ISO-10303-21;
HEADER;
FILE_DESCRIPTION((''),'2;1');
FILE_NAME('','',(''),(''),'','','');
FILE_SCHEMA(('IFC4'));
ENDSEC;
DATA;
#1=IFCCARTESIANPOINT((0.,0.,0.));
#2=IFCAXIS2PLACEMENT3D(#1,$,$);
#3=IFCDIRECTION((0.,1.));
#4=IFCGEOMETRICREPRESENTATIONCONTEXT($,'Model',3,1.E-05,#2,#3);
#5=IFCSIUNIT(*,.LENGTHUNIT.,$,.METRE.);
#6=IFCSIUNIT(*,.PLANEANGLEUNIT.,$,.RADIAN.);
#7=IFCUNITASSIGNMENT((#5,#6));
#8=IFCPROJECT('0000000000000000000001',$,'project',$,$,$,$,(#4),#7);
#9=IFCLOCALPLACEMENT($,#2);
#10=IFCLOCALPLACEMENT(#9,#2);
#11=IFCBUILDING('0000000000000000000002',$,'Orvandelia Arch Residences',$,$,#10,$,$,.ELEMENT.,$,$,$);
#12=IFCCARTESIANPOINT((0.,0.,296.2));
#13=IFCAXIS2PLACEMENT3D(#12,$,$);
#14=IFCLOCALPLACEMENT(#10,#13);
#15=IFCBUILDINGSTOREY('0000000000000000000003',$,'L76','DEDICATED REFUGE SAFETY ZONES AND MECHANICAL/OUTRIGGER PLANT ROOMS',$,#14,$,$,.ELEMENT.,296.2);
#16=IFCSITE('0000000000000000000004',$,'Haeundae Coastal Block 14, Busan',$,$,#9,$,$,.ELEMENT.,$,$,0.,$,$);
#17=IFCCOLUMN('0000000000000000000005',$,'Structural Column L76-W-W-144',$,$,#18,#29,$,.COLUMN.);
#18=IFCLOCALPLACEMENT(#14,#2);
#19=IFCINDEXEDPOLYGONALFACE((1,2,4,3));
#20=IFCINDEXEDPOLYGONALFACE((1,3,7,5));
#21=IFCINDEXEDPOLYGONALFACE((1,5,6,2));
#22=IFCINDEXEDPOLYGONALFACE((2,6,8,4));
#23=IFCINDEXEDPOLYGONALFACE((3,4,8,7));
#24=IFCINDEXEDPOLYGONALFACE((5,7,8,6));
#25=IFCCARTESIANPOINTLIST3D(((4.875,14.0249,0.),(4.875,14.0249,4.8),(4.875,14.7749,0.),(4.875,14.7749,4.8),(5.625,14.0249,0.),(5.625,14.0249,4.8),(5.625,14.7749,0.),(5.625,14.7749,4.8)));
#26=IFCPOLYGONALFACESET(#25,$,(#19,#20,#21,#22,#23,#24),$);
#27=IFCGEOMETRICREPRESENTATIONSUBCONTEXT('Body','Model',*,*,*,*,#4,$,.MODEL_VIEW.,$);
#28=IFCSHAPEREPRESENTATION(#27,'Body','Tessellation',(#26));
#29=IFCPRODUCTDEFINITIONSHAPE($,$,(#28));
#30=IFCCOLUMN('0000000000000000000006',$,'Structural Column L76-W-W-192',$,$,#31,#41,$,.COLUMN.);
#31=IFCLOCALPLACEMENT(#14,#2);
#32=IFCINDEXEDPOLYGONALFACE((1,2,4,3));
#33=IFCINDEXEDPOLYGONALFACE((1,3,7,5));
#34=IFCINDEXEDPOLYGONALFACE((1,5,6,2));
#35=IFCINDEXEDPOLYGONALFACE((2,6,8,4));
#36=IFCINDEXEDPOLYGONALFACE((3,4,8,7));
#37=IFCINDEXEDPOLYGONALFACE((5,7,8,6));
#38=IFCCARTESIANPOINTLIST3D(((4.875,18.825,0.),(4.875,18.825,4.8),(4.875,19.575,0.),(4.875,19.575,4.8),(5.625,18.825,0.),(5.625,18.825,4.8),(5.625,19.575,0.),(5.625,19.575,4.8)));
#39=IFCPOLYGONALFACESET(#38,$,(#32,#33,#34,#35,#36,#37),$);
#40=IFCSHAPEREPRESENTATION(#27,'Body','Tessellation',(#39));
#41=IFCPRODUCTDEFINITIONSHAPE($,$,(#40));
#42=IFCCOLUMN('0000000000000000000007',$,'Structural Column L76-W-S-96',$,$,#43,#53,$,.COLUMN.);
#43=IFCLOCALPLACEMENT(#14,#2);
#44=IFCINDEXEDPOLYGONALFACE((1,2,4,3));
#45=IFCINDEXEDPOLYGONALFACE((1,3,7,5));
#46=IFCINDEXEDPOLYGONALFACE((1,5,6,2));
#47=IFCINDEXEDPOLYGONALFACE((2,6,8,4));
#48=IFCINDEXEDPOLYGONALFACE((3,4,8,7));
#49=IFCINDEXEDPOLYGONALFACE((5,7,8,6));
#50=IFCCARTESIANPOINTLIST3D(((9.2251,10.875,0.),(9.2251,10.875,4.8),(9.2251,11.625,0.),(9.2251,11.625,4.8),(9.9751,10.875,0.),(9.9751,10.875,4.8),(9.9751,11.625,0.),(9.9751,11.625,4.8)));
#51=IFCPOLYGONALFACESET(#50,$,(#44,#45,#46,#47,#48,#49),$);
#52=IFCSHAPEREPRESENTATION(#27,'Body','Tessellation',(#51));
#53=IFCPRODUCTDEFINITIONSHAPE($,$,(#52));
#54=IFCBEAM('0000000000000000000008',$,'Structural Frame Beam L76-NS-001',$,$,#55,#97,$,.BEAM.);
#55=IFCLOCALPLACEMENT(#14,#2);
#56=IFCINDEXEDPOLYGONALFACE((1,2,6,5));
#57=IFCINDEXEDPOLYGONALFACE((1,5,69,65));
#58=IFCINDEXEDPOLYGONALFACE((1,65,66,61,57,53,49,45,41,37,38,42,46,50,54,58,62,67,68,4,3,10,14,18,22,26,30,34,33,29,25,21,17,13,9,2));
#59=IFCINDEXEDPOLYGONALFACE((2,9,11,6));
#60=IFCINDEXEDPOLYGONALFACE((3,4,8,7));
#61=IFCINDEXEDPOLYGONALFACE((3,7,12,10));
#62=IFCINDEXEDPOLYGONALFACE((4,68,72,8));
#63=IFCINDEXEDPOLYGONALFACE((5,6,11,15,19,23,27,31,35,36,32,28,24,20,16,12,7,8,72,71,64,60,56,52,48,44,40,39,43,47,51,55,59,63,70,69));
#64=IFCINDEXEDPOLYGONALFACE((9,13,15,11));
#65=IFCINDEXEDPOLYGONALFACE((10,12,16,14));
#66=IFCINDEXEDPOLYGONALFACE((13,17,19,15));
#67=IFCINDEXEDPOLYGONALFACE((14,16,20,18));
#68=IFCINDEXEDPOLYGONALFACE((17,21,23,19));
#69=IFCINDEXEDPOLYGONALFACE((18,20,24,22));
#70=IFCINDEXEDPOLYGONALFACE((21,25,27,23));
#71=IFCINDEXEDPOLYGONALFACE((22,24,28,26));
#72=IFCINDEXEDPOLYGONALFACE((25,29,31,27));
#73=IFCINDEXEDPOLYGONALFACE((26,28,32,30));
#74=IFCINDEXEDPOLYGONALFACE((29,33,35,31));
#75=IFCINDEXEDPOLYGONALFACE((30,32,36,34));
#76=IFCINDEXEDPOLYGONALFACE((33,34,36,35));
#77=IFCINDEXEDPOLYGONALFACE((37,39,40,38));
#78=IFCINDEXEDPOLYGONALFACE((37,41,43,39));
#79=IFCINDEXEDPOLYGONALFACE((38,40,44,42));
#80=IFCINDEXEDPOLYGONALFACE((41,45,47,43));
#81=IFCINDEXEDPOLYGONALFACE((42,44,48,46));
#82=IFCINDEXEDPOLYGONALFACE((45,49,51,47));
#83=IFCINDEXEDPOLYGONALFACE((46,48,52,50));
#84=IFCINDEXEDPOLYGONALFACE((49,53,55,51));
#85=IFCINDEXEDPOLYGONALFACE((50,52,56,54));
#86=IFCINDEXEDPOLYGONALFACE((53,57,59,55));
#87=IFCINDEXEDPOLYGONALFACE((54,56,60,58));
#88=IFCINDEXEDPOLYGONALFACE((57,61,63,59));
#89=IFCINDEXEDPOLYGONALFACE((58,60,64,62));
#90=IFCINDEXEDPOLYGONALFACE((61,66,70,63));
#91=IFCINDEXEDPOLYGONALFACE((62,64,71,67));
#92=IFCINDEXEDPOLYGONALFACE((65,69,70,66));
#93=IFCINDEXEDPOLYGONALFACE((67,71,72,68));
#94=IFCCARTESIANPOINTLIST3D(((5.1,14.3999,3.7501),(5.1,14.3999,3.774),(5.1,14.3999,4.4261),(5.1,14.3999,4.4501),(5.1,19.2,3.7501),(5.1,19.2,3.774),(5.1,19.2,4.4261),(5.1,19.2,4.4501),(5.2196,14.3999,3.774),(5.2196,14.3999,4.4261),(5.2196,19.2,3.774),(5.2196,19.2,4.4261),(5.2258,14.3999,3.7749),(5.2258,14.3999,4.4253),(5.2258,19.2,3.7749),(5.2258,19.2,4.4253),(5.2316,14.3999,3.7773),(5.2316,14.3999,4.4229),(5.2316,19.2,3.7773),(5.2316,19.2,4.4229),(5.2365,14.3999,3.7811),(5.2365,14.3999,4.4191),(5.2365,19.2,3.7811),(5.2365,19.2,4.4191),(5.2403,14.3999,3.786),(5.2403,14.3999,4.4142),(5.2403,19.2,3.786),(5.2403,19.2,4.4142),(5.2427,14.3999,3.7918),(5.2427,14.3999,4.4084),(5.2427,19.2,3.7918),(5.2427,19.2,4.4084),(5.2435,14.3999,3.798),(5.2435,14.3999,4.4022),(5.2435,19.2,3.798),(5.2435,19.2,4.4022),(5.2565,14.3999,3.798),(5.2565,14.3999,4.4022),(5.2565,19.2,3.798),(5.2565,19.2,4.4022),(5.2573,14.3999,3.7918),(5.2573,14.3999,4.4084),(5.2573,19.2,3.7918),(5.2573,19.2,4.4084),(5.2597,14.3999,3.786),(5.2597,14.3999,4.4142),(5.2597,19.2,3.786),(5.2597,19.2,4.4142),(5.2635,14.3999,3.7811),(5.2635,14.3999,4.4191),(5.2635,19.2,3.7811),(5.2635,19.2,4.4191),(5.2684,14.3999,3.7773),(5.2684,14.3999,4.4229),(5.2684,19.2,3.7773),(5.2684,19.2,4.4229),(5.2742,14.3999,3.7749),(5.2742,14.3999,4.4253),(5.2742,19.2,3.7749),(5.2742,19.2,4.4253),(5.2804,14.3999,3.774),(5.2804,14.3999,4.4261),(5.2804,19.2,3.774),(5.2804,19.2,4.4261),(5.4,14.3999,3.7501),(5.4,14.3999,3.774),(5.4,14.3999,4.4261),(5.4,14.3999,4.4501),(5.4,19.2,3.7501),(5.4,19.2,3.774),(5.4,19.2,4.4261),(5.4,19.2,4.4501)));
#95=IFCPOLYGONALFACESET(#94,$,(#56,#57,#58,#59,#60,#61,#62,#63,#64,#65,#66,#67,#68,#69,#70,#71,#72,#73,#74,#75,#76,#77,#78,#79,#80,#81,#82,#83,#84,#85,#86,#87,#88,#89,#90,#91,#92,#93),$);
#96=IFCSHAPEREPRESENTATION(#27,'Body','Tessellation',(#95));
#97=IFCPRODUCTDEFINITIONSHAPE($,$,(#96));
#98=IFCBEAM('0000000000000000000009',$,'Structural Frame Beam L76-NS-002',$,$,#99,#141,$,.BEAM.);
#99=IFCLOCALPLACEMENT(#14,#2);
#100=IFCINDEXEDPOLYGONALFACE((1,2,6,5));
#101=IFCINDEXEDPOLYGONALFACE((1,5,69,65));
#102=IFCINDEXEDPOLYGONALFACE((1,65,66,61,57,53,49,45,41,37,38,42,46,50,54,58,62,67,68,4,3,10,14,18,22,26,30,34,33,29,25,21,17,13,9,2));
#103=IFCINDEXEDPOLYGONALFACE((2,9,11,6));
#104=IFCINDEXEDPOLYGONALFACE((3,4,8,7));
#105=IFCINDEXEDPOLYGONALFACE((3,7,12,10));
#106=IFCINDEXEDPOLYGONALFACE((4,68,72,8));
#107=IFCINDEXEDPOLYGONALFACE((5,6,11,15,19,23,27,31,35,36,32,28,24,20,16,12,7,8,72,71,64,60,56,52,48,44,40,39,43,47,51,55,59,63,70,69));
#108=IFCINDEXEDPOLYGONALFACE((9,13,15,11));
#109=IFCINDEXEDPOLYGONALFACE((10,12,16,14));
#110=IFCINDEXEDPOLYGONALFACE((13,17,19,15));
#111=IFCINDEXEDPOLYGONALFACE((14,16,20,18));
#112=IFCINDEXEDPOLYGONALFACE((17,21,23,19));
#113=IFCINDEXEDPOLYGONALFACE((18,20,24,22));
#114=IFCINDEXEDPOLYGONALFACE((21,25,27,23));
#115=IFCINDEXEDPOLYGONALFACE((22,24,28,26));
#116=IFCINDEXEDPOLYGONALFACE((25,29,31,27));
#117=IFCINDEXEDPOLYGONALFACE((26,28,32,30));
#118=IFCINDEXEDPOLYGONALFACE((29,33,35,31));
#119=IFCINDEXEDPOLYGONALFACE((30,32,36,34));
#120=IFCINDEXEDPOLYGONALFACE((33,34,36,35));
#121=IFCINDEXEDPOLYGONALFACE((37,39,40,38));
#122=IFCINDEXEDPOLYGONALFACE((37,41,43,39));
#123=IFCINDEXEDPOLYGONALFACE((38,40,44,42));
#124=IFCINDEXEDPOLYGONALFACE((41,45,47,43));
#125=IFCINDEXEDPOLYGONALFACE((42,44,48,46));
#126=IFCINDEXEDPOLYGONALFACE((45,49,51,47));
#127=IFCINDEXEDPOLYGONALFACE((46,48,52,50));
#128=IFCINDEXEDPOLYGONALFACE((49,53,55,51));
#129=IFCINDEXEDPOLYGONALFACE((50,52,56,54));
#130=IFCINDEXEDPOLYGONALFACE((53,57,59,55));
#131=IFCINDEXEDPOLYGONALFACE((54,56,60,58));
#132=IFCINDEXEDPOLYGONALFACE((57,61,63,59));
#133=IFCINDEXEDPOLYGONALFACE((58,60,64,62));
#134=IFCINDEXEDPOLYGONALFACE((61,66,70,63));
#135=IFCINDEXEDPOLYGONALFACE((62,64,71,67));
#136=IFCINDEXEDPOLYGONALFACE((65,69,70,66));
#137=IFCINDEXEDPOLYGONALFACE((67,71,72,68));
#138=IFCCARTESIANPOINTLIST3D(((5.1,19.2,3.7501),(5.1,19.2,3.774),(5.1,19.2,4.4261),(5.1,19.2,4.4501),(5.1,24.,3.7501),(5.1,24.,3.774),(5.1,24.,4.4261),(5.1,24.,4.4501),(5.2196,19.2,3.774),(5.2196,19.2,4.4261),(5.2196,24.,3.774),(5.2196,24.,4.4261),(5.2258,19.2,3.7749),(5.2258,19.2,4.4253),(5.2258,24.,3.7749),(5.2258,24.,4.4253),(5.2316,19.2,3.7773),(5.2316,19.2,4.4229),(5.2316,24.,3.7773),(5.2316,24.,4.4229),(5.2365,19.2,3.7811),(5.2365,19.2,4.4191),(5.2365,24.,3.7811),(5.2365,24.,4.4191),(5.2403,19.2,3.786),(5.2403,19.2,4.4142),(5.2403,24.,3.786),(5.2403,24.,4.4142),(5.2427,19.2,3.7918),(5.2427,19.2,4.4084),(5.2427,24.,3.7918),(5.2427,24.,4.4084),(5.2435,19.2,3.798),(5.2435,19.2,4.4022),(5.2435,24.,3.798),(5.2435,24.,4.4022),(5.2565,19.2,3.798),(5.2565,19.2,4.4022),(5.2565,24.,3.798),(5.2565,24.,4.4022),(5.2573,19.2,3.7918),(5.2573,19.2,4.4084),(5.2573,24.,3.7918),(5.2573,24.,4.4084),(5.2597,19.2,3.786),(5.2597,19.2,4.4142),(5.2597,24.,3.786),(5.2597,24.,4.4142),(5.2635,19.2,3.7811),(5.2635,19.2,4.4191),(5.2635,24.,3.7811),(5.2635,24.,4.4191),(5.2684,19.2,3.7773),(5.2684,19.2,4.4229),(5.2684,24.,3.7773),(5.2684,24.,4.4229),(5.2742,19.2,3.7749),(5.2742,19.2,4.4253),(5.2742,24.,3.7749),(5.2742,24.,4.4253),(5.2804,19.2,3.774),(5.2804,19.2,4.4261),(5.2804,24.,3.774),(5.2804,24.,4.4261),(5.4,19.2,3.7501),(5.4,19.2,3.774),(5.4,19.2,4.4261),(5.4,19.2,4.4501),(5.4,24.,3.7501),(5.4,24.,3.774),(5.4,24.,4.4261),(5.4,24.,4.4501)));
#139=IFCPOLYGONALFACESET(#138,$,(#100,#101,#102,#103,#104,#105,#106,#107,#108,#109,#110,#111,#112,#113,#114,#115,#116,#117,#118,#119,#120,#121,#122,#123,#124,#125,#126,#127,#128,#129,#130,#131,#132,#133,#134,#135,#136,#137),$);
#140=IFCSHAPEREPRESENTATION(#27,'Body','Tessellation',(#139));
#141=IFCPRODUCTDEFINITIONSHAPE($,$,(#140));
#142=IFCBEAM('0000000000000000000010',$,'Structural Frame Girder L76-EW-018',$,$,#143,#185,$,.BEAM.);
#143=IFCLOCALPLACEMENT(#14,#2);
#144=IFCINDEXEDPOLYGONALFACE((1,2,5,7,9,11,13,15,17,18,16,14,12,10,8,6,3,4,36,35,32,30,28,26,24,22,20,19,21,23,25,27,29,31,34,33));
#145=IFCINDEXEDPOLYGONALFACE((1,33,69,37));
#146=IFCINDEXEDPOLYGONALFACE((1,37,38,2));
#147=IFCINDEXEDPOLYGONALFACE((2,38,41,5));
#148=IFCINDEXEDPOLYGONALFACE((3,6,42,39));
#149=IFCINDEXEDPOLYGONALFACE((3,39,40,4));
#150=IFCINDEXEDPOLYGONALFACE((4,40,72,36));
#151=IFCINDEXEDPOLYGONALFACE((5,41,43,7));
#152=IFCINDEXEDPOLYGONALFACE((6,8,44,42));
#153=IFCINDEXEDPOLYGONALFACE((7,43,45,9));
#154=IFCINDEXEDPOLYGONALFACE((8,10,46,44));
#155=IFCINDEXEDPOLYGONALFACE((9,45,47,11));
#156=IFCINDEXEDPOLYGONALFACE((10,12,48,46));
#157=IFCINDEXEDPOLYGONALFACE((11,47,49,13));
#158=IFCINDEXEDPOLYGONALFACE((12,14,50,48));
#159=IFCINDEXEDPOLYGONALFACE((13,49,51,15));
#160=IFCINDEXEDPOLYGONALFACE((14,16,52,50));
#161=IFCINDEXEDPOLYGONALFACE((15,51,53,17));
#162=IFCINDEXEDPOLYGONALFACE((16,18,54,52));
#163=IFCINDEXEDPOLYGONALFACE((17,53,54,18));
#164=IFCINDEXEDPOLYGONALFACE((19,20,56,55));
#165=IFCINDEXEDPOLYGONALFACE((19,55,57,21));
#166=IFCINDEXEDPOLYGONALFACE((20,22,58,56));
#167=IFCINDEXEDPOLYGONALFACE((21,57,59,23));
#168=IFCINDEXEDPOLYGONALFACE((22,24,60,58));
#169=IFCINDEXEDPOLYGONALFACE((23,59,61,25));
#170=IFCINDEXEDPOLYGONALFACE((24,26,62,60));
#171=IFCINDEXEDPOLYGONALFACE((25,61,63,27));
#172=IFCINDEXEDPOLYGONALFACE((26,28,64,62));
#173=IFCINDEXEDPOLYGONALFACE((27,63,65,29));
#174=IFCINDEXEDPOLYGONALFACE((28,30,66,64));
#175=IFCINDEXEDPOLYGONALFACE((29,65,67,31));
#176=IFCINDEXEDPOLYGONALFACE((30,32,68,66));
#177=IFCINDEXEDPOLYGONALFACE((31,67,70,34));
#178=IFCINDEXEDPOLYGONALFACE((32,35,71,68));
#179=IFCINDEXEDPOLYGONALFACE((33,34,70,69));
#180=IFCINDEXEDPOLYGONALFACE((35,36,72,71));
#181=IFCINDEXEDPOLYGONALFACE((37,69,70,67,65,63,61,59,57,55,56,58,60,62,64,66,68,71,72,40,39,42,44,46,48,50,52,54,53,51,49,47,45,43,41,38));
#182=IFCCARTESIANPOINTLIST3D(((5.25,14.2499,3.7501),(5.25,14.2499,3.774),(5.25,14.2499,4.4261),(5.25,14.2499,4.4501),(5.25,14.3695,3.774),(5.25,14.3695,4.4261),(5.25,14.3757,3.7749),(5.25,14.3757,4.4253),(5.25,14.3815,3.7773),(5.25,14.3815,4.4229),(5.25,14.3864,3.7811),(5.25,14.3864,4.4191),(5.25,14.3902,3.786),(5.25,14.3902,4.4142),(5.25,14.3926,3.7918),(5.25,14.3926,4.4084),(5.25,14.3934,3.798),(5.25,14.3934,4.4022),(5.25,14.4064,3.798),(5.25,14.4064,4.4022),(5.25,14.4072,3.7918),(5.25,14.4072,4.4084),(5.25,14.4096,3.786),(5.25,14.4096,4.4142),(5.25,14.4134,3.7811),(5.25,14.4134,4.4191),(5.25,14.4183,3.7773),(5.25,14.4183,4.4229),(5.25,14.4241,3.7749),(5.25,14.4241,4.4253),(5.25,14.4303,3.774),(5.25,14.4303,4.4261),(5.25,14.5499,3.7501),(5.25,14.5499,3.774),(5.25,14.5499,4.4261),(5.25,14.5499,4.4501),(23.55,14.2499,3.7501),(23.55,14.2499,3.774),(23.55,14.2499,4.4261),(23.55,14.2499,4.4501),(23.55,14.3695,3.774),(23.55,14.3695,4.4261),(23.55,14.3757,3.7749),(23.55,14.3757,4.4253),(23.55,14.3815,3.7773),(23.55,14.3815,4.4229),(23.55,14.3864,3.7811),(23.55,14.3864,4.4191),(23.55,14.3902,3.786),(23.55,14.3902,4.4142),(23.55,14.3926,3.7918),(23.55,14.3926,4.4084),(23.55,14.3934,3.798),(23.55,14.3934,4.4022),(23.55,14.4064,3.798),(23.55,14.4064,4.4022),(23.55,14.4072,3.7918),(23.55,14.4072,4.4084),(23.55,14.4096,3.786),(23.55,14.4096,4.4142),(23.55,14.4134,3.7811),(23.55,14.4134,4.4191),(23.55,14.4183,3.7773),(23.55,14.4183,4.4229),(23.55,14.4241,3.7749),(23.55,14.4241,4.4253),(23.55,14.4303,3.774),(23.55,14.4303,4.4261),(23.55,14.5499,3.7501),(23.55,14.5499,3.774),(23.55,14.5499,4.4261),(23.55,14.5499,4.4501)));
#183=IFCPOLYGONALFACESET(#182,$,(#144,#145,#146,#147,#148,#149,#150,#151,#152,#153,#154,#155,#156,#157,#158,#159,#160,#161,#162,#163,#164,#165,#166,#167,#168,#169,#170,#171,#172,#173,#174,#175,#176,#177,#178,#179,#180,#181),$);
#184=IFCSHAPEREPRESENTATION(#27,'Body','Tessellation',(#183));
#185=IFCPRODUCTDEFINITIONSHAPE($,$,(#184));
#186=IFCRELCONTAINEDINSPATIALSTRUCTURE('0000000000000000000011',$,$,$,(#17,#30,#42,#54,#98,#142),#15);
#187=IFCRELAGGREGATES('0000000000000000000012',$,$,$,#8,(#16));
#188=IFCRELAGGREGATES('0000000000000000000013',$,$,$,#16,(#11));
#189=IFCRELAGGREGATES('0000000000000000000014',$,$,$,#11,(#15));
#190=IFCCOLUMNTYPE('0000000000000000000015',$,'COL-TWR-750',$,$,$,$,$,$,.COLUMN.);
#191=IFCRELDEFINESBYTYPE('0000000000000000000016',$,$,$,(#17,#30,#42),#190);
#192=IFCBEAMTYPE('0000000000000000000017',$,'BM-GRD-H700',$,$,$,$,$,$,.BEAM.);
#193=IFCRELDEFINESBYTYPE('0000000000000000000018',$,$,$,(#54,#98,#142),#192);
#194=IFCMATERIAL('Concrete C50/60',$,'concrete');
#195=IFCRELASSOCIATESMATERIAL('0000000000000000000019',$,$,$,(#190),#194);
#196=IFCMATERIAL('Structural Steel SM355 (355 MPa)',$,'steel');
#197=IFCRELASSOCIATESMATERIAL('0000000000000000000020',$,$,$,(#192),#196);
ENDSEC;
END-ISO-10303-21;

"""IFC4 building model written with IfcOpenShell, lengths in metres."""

from ifc_helpers import new_model, si_unit, direction, frame, origin, origin_2d, place, context, subcontext, project, spatial, rectangle, i_section, extrude, material, material_profile, profile_set, type_object, element, save


model = new_model("IFC4")

# Units and contexts
model_context = context("Model", 3, precision=1e-05, world=origin(), true_north=direction((0.0, 1.0)))
body_context = subcontext(model_context, "Body", "Model", "MODEL_VIEW")
ifc_project = project(units=[si_unit("LENGTHUNIT", "METRE"), si_unit("PLANEANGLEUNIT", "RADIAN")], contexts=[model_context])

# Site, building, storey
site_placement = place(None, origin())
site = spatial("IfcSite", under=ifc_project, at=site_placement, Name="Haeundae Coastal Block 14, Busan", CompositionType="ELEMENT", RefElevation=0.0)
building_placement = place(site_placement, origin())
building = spatial("IfcBuilding", under=site, at=building_placement, Name="Orvandelia Arch Residences", CompositionType="ELEMENT")
storey_placement = place(building_placement, frame((0.0, 0.0, 296.2)))
storey = spatial("IfcBuildingStorey", under=building, at=storey_placement, Name="L76", Description="DEDICATED REFUGE SAFETY ZONES AND MECHANICAL/OUTRIGGER PLANT ROOMS", CompositionType="ELEMENT", Elevation=296.2)

# Columns
ifc_material_1 = material(Name="Concrete C50/60", Category="concrete")
ifc_material_profile_1 = material_profile(ifc_material_1, rectangle(XDim=0.75, YDim=0.75, at=origin_2d()), Name="Concrete C50/60", Category="concrete")
ifc_profile_set_1 = profile_set([ifc_material_profile_1], Name="Concrete C50/60")
column_type = type_object("IfcColumnType", Name="COL-TWR-750", PredefinedType="COLUMN", material=ifc_profile_set_1)
for number, where, z_axis, x_axis, name in (
    (1, (5.25, 14.3999, 0.0), (0.0, 0.0, 1.0), (1.0, 0.0, 0.0), "Structural Column L76-W-W-144"),
    (2, (5.25, 19.2, 0.0), (0.0, 0.0, 1.0), (1.0, 0.0, 0.0), "Structural Column L76-W-W-192"),
    (3, (9.6001, 11.25, 0.0), (0.0, 0.0, 1.0), (1.0, 0.0, 0.0), "Structural Column L76-W-S-96"),
):
    element("IfcColumn", number, at=place(storey_placement, frame(where, z_axis=z_axis, x_axis=x_axis)), inside=storey, type_object=column_type, Name=name, PredefinedType="COLUMN", context=body_context, shape_type="SweptSolid", body=[
        extrude(rectangle(XDim=0.75, YDim=0.75, at=origin_2d()), origin(), (0.0, 0.0, 1.0), 4.8),
    ])

# Beams
ifc_material_2 = material(Name="Structural Steel SM355 (355 MPa)", Category="steel")
ifc_material_profile_2 = material_profile(ifc_material_2, i_section(OverallWidth=0.3, OverallDepth=0.7, WebThickness=0.0129, FlangeThickness=0.0239, FilletRadius=0.0239, at=origin_2d()), Name="Structural Steel SM355 (355 MPa)", Category="steel")
ifc_profile_set_2 = profile_set([ifc_material_profile_2], Name="Structural Steel SM355 (355 MPa)")
beam_type_1 = type_object("IfcBeamType", Name="BM-GRD-H700", PredefinedType="BEAM", material=ifc_profile_set_2)
for number, where, z_axis, x_axis, name in (
    (4, (5.25, 14.3999, 4.1001), (0.0, 1.0, 0.0), (-1.0, 0.0, 0.0), "Structural Frame Beam L76-NS-001"),
    (5, (5.25, 19.2, 4.1001), (0.0, 1.0, 0.0), (-1.0, 0.0, 0.0), "Structural Frame Beam L76-NS-002"),
):
    element("IfcBeam", number, at=place(storey_placement, frame(where, z_axis=z_axis, x_axis=x_axis)), inside=storey, type_object=beam_type_1, Name=name, PredefinedType="BEAM", context=body_context, shape_type="SweptSolid", body=[
        extrude(i_section(OverallWidth=0.3, OverallDepth=0.7, WebThickness=0.0129, FlangeThickness=0.0239, FilletRadius=0.0239, at=origin_2d()), origin(), (0.0, 0.0, 1.0), 4.8),
    ])
for number, where, z_axis, x_axis, name in (
    (6, (5.25, 14.3999, 4.1001), (1.0, 0.0, 0.0), (0.0, 1.0, 0.0), "Structural Frame Girder L76-EW-018"),
):
    element("IfcBeam", number, at=place(storey_placement, frame(where, z_axis=z_axis, x_axis=x_axis)), inside=storey, type_object=beam_type_1, Name=name, PredefinedType="BEAM", context=body_context, shape_type="SweptSolid", body=[
        extrude(i_section(OverallWidth=0.3, OverallDepth=0.7, WebThickness=0.0129, FlangeThickness=0.0239, FilletRadius=0.0239, at=origin_2d()), origin(), (0.0, 0.0, 1.0), 18.3),
    ])

save(model, "model.ifc")
